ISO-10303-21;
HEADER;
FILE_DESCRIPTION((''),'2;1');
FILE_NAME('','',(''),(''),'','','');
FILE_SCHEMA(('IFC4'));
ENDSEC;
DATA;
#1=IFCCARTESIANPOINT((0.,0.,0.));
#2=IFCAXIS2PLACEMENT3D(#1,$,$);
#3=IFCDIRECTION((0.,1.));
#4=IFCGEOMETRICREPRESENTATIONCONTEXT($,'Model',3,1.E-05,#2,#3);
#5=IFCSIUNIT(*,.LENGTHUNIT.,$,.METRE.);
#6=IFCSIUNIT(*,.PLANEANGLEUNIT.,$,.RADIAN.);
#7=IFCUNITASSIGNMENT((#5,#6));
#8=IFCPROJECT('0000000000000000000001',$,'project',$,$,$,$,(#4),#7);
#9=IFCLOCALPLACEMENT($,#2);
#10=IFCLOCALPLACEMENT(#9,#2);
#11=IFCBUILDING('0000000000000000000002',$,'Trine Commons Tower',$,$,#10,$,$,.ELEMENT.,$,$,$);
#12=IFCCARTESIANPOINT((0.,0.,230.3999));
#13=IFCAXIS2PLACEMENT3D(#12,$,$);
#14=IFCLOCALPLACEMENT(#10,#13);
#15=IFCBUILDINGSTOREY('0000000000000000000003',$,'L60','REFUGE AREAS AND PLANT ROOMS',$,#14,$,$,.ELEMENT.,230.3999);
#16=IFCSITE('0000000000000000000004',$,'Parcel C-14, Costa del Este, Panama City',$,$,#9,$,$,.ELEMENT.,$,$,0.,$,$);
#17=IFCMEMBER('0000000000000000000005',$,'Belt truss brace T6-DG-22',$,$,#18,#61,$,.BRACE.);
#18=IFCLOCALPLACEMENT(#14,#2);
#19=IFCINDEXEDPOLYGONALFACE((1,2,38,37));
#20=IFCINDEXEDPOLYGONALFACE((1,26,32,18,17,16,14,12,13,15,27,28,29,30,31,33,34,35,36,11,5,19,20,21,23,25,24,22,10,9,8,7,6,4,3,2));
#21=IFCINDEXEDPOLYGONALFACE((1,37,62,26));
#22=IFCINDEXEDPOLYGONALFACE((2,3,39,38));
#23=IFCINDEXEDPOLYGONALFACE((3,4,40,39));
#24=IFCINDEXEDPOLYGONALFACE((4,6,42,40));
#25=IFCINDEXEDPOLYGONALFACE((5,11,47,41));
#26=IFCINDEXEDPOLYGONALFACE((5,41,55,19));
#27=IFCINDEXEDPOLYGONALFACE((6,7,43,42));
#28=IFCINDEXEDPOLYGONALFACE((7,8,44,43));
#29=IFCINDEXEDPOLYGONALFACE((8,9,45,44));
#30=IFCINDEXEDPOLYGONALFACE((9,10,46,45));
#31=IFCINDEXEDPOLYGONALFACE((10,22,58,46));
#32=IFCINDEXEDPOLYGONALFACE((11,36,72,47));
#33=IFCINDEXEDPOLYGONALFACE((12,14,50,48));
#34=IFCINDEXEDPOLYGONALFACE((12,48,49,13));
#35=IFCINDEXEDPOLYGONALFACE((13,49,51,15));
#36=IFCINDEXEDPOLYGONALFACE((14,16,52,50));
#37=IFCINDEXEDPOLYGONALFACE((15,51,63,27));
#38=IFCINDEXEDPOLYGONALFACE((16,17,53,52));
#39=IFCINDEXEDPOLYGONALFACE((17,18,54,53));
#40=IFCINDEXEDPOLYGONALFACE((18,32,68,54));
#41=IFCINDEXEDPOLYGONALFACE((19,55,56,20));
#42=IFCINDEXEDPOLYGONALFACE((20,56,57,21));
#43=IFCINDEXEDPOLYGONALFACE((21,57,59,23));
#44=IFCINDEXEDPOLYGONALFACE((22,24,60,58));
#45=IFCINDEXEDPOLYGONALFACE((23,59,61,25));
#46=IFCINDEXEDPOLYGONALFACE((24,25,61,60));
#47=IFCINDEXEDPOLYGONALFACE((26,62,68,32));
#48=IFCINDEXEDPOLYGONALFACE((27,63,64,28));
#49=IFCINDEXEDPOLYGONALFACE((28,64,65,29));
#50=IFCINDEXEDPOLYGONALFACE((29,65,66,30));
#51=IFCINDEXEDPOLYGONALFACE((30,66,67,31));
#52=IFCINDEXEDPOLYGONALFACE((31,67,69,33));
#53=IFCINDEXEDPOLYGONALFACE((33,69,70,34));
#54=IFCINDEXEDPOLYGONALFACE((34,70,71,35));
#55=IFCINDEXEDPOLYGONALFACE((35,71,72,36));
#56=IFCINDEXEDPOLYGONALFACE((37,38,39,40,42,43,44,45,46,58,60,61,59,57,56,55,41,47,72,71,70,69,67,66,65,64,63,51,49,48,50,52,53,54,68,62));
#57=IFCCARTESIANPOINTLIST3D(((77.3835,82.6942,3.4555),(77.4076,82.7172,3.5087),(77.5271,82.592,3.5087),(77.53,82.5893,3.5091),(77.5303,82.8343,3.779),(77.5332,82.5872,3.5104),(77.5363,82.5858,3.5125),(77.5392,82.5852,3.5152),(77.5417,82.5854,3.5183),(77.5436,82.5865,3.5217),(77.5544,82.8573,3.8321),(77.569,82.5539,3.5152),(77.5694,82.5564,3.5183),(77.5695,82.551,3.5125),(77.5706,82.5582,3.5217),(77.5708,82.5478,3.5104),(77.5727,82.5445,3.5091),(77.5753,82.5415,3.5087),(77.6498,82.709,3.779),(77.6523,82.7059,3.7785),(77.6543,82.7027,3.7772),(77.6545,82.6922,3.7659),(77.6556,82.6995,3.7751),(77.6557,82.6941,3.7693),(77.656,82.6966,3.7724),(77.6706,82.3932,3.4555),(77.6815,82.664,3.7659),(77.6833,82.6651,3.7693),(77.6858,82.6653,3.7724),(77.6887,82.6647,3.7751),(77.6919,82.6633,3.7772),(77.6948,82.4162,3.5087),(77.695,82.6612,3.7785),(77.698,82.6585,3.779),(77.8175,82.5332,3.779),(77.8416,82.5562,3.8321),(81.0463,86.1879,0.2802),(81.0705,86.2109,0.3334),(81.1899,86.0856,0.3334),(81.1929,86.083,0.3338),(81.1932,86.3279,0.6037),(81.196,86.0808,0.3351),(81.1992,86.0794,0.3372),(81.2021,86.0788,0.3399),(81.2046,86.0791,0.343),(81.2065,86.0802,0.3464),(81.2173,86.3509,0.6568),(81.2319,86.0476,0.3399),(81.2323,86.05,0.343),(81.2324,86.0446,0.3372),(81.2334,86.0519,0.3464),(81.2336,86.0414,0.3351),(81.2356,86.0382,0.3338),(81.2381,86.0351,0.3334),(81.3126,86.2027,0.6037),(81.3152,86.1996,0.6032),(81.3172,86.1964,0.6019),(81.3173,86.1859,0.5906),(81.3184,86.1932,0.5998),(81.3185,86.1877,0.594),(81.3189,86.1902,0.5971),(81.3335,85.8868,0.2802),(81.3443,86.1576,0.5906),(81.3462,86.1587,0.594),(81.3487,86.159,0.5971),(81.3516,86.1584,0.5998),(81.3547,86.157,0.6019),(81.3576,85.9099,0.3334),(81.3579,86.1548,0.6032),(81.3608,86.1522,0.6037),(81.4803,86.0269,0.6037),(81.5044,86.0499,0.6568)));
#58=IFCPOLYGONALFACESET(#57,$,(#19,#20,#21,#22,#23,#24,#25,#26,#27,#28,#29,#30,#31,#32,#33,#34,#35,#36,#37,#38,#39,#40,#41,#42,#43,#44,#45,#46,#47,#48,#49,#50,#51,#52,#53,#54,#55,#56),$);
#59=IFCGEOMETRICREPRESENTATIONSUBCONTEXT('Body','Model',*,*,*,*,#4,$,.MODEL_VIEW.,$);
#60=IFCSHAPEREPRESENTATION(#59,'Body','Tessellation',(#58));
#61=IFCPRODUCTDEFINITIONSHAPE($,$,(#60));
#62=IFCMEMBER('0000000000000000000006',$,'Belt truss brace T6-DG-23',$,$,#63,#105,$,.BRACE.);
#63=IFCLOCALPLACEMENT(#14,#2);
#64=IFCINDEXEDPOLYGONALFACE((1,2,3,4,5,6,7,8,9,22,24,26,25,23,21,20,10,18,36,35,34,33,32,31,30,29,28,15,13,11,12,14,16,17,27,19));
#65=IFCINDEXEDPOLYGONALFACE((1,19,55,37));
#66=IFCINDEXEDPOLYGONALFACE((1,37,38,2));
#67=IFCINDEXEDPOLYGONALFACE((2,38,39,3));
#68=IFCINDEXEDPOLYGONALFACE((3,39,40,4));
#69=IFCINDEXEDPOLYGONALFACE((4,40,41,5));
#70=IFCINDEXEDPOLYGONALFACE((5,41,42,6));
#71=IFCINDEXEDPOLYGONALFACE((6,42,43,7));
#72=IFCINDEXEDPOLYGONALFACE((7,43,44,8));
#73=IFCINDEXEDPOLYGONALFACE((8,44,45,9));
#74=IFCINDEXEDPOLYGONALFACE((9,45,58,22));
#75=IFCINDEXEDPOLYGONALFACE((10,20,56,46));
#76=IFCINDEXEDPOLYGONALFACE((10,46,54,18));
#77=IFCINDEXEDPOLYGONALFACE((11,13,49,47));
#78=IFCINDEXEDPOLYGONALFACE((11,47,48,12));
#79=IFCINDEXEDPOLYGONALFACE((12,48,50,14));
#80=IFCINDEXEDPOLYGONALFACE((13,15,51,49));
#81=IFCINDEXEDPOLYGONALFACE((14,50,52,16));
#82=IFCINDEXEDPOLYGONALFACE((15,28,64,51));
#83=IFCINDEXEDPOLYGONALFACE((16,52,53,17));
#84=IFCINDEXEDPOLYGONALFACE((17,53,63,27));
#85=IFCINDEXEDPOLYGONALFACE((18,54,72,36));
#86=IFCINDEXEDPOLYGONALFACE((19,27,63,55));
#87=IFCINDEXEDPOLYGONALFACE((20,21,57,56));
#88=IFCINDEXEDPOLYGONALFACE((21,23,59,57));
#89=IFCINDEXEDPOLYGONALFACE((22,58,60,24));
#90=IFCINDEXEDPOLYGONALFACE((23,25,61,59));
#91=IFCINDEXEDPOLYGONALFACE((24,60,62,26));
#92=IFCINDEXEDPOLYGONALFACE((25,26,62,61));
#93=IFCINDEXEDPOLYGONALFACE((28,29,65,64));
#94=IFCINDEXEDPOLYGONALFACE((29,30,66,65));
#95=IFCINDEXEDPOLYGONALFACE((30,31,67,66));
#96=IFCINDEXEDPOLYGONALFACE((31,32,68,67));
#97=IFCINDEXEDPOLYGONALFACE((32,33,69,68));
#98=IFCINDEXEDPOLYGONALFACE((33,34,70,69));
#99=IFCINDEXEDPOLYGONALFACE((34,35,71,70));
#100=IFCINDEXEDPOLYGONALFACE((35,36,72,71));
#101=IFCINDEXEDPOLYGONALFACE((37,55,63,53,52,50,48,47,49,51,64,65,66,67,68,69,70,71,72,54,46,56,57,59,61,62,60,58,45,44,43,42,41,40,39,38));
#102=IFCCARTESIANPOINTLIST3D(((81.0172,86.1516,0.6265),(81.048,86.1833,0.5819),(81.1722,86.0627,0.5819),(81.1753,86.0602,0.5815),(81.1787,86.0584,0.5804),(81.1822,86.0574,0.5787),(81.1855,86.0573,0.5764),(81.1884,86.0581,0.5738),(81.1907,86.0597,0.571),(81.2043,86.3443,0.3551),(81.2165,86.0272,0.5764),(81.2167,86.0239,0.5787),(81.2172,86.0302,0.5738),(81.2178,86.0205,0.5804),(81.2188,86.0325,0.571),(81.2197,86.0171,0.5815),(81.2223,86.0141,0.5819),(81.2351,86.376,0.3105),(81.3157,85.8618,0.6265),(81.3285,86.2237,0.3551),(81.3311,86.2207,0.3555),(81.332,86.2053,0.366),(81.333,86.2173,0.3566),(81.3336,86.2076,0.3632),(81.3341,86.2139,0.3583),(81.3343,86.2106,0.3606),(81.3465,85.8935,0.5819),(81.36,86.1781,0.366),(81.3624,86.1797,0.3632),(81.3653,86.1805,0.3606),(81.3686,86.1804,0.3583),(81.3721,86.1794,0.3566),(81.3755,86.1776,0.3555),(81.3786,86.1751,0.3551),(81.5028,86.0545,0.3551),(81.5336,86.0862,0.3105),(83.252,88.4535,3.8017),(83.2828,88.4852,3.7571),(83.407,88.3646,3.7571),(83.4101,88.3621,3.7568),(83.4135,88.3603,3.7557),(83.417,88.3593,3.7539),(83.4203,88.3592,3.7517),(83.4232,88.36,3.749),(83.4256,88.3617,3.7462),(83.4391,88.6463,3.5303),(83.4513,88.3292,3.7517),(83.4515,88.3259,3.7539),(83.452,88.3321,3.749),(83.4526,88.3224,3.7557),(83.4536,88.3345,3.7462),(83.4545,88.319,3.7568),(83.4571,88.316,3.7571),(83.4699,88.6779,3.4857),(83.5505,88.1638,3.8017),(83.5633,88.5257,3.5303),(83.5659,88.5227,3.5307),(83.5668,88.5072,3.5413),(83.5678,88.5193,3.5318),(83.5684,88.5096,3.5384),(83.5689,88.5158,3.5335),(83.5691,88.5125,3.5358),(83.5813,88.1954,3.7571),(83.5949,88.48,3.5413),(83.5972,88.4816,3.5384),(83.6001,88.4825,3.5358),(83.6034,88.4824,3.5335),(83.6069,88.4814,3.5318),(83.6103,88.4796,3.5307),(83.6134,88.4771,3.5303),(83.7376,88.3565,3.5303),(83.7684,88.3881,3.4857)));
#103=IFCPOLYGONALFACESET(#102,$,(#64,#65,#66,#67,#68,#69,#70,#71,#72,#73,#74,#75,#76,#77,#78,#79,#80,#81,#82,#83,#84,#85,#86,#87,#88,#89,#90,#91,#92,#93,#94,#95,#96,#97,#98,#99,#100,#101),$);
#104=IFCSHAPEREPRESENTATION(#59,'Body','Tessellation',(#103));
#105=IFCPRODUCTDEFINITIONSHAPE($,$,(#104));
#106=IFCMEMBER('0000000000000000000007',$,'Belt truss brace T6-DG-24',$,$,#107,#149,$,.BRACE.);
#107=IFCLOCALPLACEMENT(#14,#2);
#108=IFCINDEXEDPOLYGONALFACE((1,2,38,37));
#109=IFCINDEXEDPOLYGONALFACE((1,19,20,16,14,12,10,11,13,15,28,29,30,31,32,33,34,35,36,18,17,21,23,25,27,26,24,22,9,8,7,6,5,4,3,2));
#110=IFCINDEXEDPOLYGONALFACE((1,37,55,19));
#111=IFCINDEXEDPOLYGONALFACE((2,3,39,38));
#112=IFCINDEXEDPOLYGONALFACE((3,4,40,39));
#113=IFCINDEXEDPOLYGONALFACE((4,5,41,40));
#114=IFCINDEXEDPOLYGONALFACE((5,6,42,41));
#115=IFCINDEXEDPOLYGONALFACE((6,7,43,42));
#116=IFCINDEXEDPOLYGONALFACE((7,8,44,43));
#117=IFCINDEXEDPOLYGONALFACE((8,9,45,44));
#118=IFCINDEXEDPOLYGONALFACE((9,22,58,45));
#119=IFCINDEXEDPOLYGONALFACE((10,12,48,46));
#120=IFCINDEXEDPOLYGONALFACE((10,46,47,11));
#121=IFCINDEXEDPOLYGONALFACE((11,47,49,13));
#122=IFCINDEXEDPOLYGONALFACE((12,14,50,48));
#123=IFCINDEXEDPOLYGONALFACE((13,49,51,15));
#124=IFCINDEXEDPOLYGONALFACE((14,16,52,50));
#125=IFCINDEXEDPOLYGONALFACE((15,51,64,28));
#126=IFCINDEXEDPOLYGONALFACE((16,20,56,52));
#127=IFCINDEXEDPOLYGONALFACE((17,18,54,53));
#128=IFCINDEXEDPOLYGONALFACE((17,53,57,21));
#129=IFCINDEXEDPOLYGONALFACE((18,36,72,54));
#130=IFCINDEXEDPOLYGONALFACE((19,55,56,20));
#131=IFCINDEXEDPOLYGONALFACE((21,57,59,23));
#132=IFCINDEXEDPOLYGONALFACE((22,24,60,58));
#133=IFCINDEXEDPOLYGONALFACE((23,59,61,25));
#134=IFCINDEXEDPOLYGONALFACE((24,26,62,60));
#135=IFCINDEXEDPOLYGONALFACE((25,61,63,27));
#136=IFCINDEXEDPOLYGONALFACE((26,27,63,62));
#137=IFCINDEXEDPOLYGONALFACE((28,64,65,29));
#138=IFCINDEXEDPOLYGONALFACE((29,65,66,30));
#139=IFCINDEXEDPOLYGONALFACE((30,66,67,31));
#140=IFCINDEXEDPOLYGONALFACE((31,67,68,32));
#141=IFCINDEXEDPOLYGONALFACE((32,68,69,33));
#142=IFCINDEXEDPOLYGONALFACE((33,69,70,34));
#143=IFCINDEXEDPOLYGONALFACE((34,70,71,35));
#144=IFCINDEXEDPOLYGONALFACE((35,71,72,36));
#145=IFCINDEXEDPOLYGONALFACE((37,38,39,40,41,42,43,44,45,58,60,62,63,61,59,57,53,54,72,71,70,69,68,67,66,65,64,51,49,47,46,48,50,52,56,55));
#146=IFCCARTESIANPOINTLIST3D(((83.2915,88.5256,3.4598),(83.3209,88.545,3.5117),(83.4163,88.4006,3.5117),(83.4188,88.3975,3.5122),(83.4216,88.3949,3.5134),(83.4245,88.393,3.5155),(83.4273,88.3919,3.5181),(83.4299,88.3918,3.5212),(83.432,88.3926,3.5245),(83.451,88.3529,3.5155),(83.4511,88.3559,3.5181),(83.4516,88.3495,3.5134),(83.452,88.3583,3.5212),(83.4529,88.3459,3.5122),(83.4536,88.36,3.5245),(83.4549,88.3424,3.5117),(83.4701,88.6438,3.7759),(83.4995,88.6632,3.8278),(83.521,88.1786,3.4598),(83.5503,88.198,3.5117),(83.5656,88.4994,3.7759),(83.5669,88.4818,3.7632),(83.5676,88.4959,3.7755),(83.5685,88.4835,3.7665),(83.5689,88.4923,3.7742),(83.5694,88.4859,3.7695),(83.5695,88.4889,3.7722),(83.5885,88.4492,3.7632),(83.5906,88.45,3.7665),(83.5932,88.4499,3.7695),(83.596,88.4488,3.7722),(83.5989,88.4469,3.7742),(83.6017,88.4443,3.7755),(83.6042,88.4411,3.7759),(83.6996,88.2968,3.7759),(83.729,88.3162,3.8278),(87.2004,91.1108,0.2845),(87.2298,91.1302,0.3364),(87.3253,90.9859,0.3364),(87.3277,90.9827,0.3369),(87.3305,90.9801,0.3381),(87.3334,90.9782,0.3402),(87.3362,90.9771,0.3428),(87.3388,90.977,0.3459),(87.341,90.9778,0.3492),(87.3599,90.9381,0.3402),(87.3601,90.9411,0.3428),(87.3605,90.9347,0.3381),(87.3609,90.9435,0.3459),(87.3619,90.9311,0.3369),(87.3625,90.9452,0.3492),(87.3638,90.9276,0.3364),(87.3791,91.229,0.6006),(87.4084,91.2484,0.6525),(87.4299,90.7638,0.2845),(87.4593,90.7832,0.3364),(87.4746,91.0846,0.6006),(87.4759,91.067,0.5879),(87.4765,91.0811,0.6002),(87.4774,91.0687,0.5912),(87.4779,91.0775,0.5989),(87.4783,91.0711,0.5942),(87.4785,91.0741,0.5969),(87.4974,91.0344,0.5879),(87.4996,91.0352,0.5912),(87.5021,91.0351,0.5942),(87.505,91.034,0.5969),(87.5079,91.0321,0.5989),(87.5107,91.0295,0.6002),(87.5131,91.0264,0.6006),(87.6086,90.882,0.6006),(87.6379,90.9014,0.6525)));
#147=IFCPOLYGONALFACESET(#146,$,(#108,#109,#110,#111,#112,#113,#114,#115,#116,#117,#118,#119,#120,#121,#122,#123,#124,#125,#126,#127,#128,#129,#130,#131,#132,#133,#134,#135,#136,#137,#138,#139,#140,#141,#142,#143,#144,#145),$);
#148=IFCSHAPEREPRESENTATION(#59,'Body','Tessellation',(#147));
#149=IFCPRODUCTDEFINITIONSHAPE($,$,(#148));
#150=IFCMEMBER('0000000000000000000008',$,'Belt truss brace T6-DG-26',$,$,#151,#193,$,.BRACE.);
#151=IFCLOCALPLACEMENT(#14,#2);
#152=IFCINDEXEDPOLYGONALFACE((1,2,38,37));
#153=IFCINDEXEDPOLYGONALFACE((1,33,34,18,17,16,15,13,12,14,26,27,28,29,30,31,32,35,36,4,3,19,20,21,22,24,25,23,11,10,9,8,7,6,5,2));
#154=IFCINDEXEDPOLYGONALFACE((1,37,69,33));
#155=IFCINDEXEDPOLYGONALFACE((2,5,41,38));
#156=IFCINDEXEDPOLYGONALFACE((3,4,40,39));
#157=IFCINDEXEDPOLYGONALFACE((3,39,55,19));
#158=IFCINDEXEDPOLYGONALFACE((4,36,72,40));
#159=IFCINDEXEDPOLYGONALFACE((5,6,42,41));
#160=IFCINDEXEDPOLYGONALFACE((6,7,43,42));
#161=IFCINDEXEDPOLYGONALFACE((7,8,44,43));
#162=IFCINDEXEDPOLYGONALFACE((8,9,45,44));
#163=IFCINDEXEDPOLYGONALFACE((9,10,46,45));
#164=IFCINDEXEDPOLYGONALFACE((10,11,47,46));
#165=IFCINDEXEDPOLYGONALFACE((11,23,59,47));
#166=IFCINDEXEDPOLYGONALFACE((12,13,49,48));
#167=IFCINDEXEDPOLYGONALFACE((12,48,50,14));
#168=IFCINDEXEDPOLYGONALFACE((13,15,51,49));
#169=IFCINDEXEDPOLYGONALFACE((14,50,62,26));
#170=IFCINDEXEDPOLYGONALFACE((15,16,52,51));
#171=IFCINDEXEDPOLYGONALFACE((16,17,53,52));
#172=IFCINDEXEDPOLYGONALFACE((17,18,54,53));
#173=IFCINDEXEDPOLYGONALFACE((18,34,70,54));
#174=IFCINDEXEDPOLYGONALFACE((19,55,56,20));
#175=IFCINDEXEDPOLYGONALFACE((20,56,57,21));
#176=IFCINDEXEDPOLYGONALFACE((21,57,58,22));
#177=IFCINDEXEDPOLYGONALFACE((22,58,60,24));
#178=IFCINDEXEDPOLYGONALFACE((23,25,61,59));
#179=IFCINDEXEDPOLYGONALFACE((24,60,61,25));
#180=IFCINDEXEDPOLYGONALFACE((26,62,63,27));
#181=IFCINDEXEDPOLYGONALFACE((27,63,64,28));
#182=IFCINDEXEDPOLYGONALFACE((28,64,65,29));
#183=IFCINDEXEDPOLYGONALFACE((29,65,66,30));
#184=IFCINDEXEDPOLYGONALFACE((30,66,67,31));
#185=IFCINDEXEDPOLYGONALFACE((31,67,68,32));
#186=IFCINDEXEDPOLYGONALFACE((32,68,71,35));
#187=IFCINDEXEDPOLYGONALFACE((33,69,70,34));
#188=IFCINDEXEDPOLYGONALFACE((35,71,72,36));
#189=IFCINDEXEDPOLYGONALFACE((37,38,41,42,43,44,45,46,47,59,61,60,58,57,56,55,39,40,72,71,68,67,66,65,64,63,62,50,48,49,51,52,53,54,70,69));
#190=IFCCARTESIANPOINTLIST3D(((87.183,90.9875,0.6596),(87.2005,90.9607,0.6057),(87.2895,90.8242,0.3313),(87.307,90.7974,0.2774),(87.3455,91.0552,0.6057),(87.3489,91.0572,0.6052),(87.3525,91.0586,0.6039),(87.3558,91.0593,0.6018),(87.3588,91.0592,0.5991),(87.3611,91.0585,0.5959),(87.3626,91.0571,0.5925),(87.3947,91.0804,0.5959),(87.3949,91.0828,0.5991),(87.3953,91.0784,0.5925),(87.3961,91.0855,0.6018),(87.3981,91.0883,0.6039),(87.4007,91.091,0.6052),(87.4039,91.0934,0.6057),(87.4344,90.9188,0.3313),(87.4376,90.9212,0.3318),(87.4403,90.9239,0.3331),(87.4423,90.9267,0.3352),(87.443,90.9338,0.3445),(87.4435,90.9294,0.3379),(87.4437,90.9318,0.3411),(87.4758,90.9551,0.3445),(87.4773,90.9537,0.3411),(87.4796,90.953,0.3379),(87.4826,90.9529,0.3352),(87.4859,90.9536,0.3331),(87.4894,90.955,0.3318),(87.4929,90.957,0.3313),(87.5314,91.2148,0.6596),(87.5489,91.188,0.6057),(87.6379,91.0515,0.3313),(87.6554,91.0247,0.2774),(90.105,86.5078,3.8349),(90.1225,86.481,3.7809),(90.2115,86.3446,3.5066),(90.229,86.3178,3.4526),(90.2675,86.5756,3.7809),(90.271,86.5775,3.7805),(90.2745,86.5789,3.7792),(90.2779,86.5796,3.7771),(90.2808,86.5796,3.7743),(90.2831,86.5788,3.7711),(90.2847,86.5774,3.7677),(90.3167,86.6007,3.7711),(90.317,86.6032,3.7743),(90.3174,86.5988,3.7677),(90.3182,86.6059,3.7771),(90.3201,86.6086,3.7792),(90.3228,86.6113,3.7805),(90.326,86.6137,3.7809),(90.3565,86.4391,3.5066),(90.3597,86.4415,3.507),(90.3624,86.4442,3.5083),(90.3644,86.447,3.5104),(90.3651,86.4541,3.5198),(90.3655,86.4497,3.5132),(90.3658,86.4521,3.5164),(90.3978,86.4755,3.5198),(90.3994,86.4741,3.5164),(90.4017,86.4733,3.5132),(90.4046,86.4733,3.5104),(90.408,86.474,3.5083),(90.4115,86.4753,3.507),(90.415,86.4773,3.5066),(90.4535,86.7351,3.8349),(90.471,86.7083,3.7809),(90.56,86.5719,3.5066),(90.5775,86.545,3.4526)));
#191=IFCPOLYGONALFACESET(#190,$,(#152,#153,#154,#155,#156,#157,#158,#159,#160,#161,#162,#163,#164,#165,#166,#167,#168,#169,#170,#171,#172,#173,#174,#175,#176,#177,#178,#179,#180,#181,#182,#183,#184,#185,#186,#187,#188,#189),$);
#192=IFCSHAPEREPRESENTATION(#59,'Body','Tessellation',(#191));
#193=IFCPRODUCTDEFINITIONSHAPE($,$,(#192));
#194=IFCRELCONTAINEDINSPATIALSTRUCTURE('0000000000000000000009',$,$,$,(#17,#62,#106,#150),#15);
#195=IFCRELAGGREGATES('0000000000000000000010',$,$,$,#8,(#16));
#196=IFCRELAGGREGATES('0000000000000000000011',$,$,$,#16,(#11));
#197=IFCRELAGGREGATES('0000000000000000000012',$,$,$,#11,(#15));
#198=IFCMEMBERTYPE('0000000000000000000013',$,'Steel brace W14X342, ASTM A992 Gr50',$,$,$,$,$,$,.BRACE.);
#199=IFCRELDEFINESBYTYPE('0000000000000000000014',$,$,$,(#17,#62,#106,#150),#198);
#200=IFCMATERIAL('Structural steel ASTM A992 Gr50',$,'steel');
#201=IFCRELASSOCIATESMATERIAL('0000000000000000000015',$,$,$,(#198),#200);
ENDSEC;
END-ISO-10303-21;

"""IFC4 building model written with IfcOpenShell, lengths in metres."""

from ifc_helpers import new_model, si_unit, direction, frame, origin, origin_2d, place, context, subcontext, project, spatial, i_section, extrude, material, material_profile, profile_set, type_object, element, save


model = new_model("IFC4")

# Units and contexts
model_context = context("Model", 3, precision=1e-05, world=origin(), true_north=direction((0.0, 1.0)))
body_context = subcontext(model_context, "Body", "Model", "MODEL_VIEW")
ifc_project = project(units=[si_unit("LENGTHUNIT", "METRE"), si_unit("PLANEANGLEUNIT", "RADIAN")], contexts=[model_context])

# Site, building, storey
site_placement = place(None, origin())
site = spatial("IfcSite", under=ifc_project, at=site_placement, Name="Parcel C-14, Costa del Este, Panama City", CompositionType="ELEMENT", RefElevation=0.0)
building_placement = place(site_placement, origin())
building = spatial("IfcBuilding", under=site, at=building_placement, Name="Trine Commons Tower", CompositionType="ELEMENT")
storey_placement = place(building_placement, frame((0.0, 0.0, 230.3999)))
storey = spatial("IfcBuildingStorey", under=building, at=storey_placement, Name="L60", Description="REFUGE AREAS AND PLANT ROOMS", CompositionType="ELEMENT", Elevation=230.3999)

# Shared definitions
ifc_material_1 = material(Name="Structural steel ASTM A992 Gr50", Category="steel")

# Members
ifc_material_profile_1 = material_profile(ifc_material_1, i_section(OverallWidth=0.416, OverallDepth=0.4446, WebThickness=0.0391, FlangeThickness=0.0627, FilletRadius=0.0154, at=origin_2d()), Name="W14X342")
ifc_profile_set_1 = profile_set([ifc_material_profile_1], Name="Structural steel ASTM A992 Gr50")
member_type_1 = type_object("IfcMemberType", Name="Steel brace W14X342, ASTM A992 Gr50", PredefinedType="BRACE", material=ifc_profile_set_1)
member_1_placement = place(storey_placement, frame((81.2754, 86.1189, 0.4685), z_axis=(-0.612995, -0.58468, 0.531401), x_axis=(0.690197, -0.723622, 0.0)))
element("IfcMember", 1, at=member_1_placement, inside=storey, type_object=member_type_1, Name="Belt truss brace T6-DG-22", PredefinedType="BRACE", context=body_context, shape_type="SweptSolid", body=[
    extrude(i_section(OverallWidth=0.416, OverallDepth=0.4446, WebThickness=0.0391, FlangeThickness=0.0627, FilletRadius=0.0154, at=origin_2d()), origin(), (0.0, 0.0, 1.0), 5.9753),
])
member_2_placement = place(storey_placement, frame((81.2754, 86.1189, 0.4685), z_axis=(0.495095, 0.509968, 0.70343), x_axis=(-0.717492, 0.696566, 0.0)))
element("IfcMember", 2, at=member_2_placement, inside=storey, type_object=member_type_1, Name="Belt truss brace T6-DG-23", PredefinedType="BRACE", context=body_context, shape_type="SweptSolid", body=[
    extrude(i_section(OverallWidth=0.416, OverallDepth=0.4446, WebThickness=0.0391, FlangeThickness=0.0627, FilletRadius=0.0154, at=origin_2d()), origin(), (0.0, 0.0, 1.0), 4.5139),
])
member_3_placement = place(storey_placement, frame((87.4192, 91.0061, 0.4685), z_axis=(-0.690517, -0.456679, 0.560919), x_axis=(0.551631, -0.834088, 0.0)))
element("IfcMember", 3, at=member_3_placement, inside=storey, type_object=member_type_1, Name="Belt truss brace T6-DG-24", PredefinedType="BRACE", context=body_context, shape_type="SweptSolid", body=[
    extrude(i_section(OverallWidth=0.416, OverallDepth=0.4446, WebThickness=0.0391, FlangeThickness=0.0627, FilletRadius=0.0154, at=origin_2d()), origin(), (0.0, 0.0, 1.0), 5.6609),
])
member_4_placement = place(storey_placement, frame((87.4192, 91.0061, 0.4685), z_axis=(0.469789, -0.720206, 0.510491), x_axis=(0.837563, 0.54634, 0.0)))
element("IfcMember", 4, at=member_4_placement, inside=storey, type_object=member_type_1, Name="Belt truss brace T6-DG-26", PredefinedType="BRACE", context=body_context, shape_type="SweptSolid", body=[
    extrude(i_section(OverallWidth=0.416, OverallDepth=0.4446, WebThickness=0.0391, FlangeThickness=0.0627, FilletRadius=0.0154, at=origin_2d()), origin(), (0.0, 0.0, 1.0), 6.22),
])

save(model, "model.ifc")
